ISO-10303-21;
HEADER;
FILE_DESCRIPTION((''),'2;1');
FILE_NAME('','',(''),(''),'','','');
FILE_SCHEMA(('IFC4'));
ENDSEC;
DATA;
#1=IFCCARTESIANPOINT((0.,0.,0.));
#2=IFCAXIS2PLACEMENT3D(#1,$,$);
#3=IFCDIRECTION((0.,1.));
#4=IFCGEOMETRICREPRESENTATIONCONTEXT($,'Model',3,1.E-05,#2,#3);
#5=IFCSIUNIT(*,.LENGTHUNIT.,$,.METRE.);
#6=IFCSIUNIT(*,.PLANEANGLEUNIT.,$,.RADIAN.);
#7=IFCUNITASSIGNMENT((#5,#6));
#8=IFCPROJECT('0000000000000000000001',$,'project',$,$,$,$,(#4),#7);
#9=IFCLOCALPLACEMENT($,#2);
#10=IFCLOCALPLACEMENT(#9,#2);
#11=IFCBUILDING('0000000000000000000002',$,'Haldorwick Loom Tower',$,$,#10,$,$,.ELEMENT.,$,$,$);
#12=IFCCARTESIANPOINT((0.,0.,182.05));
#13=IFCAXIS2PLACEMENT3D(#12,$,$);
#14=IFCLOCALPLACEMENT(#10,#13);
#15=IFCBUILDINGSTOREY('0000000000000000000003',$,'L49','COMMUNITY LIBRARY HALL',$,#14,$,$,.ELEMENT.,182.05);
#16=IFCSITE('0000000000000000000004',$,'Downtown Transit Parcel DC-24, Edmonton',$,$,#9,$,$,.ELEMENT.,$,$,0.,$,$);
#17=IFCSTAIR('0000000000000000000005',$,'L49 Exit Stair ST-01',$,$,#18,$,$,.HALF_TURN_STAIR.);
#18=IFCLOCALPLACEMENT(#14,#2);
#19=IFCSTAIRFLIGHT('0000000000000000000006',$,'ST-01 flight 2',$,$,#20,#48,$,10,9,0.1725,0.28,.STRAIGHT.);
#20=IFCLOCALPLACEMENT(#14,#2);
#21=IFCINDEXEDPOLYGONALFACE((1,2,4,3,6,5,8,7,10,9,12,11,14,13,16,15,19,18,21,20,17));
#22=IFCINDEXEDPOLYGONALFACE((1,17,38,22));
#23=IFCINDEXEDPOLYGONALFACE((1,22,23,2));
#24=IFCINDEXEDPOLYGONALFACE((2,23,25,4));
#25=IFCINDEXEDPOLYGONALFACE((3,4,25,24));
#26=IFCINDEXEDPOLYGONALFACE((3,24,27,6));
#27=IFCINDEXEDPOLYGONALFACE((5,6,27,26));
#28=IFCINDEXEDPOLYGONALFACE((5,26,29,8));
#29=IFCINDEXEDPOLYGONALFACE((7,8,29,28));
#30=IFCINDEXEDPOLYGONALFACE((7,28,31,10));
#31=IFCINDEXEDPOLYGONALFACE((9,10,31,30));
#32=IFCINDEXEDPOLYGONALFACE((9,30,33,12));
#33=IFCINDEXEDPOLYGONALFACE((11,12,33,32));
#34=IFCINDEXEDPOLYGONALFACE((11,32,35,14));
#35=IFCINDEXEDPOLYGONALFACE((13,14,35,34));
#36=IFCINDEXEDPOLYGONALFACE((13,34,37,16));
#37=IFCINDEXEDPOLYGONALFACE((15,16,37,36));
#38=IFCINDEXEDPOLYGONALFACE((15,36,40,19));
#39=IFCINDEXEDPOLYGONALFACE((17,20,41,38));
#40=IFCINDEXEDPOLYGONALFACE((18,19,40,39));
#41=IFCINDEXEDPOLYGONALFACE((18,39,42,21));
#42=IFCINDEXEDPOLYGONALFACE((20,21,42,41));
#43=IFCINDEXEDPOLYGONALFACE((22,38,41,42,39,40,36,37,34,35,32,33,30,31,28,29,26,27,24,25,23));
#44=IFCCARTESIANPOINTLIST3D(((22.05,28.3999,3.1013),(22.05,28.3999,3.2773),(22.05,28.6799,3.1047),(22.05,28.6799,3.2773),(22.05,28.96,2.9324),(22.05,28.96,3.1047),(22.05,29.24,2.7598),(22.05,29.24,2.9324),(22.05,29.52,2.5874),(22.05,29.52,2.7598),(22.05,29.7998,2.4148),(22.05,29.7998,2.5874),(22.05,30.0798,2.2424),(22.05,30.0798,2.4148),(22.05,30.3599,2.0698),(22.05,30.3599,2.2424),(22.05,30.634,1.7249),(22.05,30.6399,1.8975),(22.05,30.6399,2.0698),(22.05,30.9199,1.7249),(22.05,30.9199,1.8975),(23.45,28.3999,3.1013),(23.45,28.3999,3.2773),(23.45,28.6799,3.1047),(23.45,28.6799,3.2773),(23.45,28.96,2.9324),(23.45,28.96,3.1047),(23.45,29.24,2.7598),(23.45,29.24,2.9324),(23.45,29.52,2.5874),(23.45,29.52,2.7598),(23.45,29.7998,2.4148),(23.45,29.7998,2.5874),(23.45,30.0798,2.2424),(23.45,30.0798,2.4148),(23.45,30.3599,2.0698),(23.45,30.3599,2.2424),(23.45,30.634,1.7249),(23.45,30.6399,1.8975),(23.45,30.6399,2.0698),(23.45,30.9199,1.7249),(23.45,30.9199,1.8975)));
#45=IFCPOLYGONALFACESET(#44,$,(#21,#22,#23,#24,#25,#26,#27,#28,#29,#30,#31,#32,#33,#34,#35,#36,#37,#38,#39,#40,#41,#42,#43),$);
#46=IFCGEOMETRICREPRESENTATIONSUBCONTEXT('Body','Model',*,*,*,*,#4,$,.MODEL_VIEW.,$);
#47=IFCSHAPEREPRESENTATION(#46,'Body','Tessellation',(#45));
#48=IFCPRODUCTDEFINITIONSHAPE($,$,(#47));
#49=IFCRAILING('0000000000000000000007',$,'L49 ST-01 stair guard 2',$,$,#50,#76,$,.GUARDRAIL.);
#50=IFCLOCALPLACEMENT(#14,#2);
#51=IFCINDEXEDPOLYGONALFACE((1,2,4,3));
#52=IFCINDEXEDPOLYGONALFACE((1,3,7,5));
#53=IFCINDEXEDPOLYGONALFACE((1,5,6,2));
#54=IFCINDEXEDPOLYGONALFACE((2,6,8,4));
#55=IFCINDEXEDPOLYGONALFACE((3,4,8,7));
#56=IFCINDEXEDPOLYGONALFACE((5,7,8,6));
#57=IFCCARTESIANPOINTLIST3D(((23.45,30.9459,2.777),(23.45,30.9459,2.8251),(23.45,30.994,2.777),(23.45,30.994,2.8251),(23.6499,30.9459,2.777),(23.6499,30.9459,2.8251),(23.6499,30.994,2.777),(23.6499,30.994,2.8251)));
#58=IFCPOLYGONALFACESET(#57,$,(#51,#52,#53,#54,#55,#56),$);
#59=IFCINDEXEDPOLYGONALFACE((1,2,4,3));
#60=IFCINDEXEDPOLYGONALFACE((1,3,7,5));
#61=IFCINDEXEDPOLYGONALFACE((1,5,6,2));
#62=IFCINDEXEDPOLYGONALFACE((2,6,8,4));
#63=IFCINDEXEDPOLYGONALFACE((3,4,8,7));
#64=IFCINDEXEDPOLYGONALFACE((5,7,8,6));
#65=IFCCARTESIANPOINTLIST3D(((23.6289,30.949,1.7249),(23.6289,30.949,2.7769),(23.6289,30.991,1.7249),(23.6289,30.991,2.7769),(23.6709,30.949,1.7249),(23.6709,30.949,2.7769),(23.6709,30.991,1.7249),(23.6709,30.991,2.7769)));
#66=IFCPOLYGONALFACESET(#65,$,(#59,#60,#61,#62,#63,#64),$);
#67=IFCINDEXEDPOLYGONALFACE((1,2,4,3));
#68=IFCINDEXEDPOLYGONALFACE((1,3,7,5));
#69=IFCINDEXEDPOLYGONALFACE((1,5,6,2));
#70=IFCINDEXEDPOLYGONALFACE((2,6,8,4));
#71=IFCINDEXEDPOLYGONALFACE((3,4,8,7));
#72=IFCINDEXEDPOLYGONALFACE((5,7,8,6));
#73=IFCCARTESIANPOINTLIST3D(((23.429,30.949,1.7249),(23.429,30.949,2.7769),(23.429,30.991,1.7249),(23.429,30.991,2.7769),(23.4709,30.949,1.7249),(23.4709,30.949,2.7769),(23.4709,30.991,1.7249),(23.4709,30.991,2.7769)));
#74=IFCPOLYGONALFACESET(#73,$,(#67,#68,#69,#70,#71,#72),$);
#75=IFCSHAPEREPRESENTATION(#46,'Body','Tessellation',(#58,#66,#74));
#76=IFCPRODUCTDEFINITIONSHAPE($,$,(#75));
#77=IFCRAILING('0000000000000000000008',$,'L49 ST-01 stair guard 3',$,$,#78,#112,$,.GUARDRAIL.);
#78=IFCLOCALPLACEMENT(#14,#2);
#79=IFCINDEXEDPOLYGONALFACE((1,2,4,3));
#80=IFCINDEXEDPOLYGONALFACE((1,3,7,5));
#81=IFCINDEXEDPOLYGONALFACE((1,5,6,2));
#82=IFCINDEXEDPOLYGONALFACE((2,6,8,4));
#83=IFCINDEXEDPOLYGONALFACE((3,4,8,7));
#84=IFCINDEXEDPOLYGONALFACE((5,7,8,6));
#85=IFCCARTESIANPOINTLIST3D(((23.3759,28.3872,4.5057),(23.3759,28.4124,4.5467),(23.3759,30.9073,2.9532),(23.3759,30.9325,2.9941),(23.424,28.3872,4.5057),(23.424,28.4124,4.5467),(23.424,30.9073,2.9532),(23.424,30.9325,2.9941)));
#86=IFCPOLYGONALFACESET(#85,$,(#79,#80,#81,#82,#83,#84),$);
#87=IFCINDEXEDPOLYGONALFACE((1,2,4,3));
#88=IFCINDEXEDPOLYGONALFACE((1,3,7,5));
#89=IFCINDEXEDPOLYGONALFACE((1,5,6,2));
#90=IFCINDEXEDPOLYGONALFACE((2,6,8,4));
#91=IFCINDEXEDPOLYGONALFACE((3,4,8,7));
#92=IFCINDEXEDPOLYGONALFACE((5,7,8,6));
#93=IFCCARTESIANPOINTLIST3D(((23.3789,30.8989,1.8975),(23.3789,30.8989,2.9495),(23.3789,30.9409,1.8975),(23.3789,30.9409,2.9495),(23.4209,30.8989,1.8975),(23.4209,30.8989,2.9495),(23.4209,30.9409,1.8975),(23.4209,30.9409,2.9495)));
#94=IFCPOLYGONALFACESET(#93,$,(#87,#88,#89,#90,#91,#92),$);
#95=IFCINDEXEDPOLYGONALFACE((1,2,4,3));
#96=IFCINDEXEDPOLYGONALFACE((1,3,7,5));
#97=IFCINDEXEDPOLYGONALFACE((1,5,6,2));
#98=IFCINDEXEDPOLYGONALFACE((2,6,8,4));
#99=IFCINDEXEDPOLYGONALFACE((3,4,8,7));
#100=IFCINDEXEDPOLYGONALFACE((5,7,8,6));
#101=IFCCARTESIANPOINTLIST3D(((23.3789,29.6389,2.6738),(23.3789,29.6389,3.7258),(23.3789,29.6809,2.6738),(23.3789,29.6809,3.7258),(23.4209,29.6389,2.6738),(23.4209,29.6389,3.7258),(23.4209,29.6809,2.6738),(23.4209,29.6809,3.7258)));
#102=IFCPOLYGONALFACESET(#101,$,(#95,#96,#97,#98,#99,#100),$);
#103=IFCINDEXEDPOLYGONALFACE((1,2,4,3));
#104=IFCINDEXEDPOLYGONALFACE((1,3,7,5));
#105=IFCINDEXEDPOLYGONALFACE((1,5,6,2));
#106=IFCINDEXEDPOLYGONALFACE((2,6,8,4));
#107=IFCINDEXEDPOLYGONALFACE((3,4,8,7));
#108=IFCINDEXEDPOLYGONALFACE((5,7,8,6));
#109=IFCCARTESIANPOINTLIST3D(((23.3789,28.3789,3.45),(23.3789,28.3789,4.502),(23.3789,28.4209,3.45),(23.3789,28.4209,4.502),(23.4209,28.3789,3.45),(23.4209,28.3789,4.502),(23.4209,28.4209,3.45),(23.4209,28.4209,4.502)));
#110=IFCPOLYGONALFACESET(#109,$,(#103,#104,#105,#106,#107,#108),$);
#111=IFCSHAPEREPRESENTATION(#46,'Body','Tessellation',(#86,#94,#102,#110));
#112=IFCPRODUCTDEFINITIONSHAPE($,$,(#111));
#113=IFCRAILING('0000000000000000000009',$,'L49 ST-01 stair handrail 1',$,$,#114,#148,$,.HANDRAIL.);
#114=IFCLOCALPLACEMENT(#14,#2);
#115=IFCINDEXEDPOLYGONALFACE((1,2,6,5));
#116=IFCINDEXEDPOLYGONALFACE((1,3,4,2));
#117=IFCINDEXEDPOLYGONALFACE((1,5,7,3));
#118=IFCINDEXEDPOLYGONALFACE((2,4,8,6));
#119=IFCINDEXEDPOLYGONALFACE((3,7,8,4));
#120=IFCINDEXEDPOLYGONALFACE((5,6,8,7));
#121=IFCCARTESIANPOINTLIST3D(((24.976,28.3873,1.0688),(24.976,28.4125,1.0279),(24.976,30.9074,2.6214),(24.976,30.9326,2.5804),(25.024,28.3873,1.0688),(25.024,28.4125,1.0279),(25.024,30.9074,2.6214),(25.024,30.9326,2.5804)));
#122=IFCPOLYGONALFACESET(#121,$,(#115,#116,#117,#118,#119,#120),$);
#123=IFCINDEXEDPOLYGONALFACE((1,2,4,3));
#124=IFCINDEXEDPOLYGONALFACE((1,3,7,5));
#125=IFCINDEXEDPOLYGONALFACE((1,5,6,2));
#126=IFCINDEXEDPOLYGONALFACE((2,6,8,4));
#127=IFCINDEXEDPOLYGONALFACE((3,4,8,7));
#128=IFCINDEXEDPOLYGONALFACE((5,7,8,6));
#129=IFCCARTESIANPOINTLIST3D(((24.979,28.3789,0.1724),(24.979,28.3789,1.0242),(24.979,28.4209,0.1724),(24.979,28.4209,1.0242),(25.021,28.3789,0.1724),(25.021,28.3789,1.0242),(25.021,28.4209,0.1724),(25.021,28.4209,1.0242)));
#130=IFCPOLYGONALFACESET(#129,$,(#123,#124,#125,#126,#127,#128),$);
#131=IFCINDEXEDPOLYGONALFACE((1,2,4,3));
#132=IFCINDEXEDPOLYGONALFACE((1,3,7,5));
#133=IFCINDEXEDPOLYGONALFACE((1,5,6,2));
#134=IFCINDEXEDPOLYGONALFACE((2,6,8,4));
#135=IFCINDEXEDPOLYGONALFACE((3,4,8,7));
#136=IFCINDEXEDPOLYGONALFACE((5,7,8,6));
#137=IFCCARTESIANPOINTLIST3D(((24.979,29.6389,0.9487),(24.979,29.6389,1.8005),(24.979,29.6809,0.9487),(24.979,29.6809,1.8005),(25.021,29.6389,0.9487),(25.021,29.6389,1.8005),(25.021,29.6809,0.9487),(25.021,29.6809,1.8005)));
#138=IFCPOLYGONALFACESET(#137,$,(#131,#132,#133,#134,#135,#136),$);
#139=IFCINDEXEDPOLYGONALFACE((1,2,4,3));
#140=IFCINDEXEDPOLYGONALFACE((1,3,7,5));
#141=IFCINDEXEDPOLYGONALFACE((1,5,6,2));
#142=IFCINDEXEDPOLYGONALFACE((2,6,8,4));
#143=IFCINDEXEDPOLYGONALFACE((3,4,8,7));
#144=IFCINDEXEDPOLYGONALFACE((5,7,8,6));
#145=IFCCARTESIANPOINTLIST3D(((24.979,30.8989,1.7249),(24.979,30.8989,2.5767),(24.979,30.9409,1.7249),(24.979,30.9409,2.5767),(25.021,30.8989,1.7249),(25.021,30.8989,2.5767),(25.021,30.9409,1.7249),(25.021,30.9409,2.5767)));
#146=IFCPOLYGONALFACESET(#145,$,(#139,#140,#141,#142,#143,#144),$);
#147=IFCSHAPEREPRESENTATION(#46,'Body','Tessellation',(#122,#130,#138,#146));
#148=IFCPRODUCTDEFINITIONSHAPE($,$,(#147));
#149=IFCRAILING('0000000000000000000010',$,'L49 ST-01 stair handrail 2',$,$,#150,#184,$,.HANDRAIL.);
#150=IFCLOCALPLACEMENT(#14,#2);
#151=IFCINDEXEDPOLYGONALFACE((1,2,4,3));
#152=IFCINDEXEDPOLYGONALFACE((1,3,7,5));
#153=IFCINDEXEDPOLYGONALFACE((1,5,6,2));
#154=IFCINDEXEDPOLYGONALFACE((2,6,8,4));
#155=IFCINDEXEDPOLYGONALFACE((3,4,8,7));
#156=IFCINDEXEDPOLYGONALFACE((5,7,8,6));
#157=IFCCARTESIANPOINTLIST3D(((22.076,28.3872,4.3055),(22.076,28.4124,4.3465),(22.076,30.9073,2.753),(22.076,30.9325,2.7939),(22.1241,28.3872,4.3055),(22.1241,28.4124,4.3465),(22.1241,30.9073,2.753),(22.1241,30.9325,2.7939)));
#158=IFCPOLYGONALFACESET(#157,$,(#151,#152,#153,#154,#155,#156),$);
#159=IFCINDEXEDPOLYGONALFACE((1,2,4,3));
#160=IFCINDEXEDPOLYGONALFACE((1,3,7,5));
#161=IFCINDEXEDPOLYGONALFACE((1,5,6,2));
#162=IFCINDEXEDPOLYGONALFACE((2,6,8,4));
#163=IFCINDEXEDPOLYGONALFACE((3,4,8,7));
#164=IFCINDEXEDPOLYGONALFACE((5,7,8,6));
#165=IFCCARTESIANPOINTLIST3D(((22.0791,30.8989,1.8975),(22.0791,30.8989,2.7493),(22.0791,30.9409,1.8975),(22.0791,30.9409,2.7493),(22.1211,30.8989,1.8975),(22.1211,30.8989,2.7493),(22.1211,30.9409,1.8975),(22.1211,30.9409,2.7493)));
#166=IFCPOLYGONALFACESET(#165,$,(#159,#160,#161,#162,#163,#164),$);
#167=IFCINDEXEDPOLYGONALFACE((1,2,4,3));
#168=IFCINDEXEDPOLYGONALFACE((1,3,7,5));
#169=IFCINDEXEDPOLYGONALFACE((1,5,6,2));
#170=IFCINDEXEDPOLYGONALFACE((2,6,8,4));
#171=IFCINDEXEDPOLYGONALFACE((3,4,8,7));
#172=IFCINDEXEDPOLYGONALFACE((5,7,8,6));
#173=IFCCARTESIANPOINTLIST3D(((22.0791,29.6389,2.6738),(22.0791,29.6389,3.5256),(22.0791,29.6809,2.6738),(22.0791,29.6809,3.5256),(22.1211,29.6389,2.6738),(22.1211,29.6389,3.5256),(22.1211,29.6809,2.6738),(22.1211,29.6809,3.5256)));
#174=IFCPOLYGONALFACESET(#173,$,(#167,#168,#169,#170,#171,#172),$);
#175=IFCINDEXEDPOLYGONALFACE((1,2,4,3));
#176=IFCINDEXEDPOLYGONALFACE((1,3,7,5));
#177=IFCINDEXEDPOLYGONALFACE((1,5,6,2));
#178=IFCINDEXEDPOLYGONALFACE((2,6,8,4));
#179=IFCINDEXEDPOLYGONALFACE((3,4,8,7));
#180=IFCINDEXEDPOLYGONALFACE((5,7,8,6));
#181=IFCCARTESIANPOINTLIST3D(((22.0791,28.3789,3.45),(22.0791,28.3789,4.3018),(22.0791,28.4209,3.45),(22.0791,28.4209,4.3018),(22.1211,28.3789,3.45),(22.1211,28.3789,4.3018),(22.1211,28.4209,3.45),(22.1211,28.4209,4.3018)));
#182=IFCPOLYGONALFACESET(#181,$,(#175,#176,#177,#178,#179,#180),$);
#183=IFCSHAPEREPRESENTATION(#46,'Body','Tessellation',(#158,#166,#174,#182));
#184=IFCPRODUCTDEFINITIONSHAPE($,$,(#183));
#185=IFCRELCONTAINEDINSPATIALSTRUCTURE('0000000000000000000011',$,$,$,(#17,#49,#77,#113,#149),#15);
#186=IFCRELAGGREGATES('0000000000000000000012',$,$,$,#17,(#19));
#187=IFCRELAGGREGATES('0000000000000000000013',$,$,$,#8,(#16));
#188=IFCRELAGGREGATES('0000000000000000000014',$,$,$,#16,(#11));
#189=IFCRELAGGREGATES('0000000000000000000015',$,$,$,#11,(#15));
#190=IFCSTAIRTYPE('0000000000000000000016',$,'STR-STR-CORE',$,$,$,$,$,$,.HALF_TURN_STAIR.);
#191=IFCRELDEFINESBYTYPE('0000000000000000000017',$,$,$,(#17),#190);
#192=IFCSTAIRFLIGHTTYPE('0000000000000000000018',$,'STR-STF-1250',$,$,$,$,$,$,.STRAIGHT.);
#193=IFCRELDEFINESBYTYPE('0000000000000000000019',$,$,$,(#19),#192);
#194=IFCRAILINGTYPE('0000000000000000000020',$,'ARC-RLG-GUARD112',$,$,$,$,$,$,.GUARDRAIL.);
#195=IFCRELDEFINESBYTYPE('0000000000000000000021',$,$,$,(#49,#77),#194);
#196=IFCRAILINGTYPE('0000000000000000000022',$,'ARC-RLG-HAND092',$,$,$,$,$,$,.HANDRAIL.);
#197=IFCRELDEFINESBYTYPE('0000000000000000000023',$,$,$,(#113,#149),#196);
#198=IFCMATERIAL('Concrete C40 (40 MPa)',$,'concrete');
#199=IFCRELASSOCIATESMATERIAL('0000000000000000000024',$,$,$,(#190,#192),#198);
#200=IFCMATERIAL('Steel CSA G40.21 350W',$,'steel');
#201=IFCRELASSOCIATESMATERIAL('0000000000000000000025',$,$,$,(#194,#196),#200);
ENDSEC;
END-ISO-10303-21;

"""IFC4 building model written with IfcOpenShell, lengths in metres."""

from ifc_helpers import new_model, si_unit, direction, frame, origin, origin_2d, place, context, subcontext, project, spatial, polyline, rectangle, outline, extrude, material, type_object, element, aggregate, save


model = new_model("IFC4")

# Units and contexts
model_context = context("Model", 3, precision=1e-05, world=origin(), true_north=direction((0.0, 1.0)))
body_context = subcontext(model_context, "Body", "Model", "MODEL_VIEW")
ifc_project = project(units=[si_unit("LENGTHUNIT", "METRE"), si_unit("PLANEANGLEUNIT", "RADIAN")], contexts=[model_context])

# Site, building, storey
site_placement = place(None, origin())
site = spatial("IfcSite", under=ifc_project, at=site_placement, Name="Downtown Transit Parcel DC-24, Edmonton", CompositionType="ELEMENT", RefElevation=0.0)
building_placement = place(site_placement, origin())
building = spatial("IfcBuilding", under=site, at=building_placement, Name="Haldorwick Loom Tower", CompositionType="ELEMENT")
storey_placement = place(building_placement, frame((0.0, 0.0, 182.05)))
storey = spatial("IfcBuildingStorey", under=building, at=storey_placement, Name="L49", Description="COMMUNITY LIBRARY HALL", CompositionType="ELEMENT", Elevation=182.05)

# Shared definitions
ifc_material_1 = material(Name="Steel CSA G40.21 350W", Category="steel")

# Stair, stair flight
ifc_material_2 = material(Name="Concrete C40 (40 MPa)", Category="concrete")
stair_type = type_object("IfcStairType", Name="STR-STR-CORE", PredefinedType="HALF_TURN_STAIR", material=ifc_material_2)
stair_placement = place(storey_placement, origin())
stair = element("IfcStair", 1, at=stair_placement, inside=storey, type_object=stair_type, Name="L49 Exit Stair ST-01", PredefinedType="HALF_TURN_STAIR")
stair_flight_type = type_object("IfcStairFlightType", Name="STR-STF-1250", PredefinedType="STRAIGHT", material=ifc_material_2)
stair_flight_1_placement = place(storey_placement, frame((22.75, 30.9199, 1.7249), z_axis=(0.0, 0.0, 1.0), x_axis=(0.0, -1.0, 0.0)))
stair_flight_1 = element("IfcStairFlight", 2, at=stair_flight_1_placement, type_object=stair_flight_type, Name="ST-01 flight 2", NumberOfRisers=10, NumberOfTreads=9, PredefinedType="STRAIGHT", RiserHeight=0.1725, TreadLength=0.28, context=body_context, shape_type="SweptSolid", body=[
    extrude(outline(polyline([(0.0, 0.0), (0.0, 0.1726), (0.28, 0.1726), (0.28, 0.345), (0.5601, 0.345), (0.5601, 0.5176), (0.8401, 0.5176), (0.8401, 0.6899), (1.1201, 0.6899), (1.1201, 0.8625), (1.3999, 0.8625), (1.3999, 1.0349), (1.6799, 1.0349), (1.6799, 1.2075), (1.96, 1.2075), (1.96, 1.3799), (2.24, 1.3799), (2.24, 1.5525), (2.52, 1.5525), (2.52, 1.7251), (2.52, 1.3765), (0.2859, 0.0), (0.0, 0.0)])), frame((0.0, 0.7, 0.0), z_axis=(0.0, -1.0, 0.0), x_axis=(1.0, 0.0, 0.0)), (0.0, 0.0, 1.0), 1.3999),
])
aggregate(stair, [stair_flight_1])

# Railings
railing_type_1 = type_object("IfcRailingType", Name="ARC-RLG-GUARD112", PredefinedType="GUARDRAIL", material=ifc_material_1)
railing_1_placement = place(storey_placement, frame((23.6499, 30.97, 1.7249)))
element("IfcRailing", 3, at=railing_1_placement, inside=storey, type_object=railing_type_1, Name="L49 ST-01 stair guard 2", PredefinedType="GUARDRAIL", context=body_context, shape_type="SweptSolid", body=[
    extrude(rectangle(XDim=0.0481, YDim=0.0481, at=origin_2d()), frame((0.0, 0.0, 1.0762), z_axis=(-1.0, 0.0, 0.0), x_axis=(0.0, -1.0, 0.0)), (0.0, 0.0, 1.0), 0.2),
    extrude(rectangle(XDim=0.042, YDim=0.042, at=origin_2d()), origin(), (0.0, 0.0, 1.0), 1.052),
    extrude(rectangle(XDim=0.042, YDim=0.042, at=origin_2d()), frame((-0.2, 0.0, 0.0)), (0.0, 0.0, 1.0), 1.052),
])
railing_2_placement = place(storey_placement, frame((23.3999, 30.9199, 1.8975)))
element("IfcRailing", 4, at=railing_2_placement, inside=storey, type_object=railing_type_1, Name="L49 ST-01 stair guard 3", PredefinedType="GUARDRAIL", context=body_context, shape_type="SweptSolid", body=[
    extrude(rectangle(XDim=0.0481, YDim=0.0481, at=origin_2d()), frame((0.0, 0.0, 1.0762), z_axis=(0.0, -0.8514, 0.524516), x_axis=(1.0, 0.0, 0.0)), (0.0, 0.0, 1.0), 2.96),
    extrude(rectangle(XDim=0.042, YDim=0.042, at=origin_2d()), origin(), (0.0, 0.0, 1.0), 1.052),
    extrude(rectangle(XDim=0.042, YDim=0.042, at=origin_2d()), frame((0.0, -1.26, 0.7764)), (0.0, 0.0, 1.0), 1.052),
    extrude(rectangle(XDim=0.042, YDim=0.042, at=origin_2d()), frame((0.0, -2.52, 1.5525)), (0.0, 0.0, 1.0), 1.052),
])
railing_type_2 = type_object("IfcRailingType", Name="ARC-RLG-HAND092", PredefinedType="HANDRAIL", material=ifc_material_1)
railing_3_placement = place(storey_placement, frame((25.0, 28.3999, 0.1724)))
element("IfcRailing", 5, at=railing_3_placement, inside=storey, type_object=railing_type_2, Name="L49 ST-01 stair handrail 1", PredefinedType="HANDRAIL", context=body_context, shape_type="SweptSolid", body=[
    extrude(rectangle(XDim=0.0481, YDim=0.0481, at=origin_2d()), frame((0.0, 0.0, 0.876), z_axis=(0.0, 0.8514, 0.524516), x_axis=(-1.0, 0.0, 0.0)), (0.0, 0.0, 1.0), 2.96),
    extrude(rectangle(XDim=0.042, YDim=0.042, at=origin_2d()), origin(), (0.0, 0.0, 1.0), 0.8518),
    extrude(rectangle(XDim=0.042, YDim=0.042, at=origin_2d()), frame((0.0, 1.26, 0.7764)), (0.0, 0.0, 1.0), 0.8518),
    extrude(rectangle(XDim=0.042, YDim=0.042, at=origin_2d()), frame((0.0, 2.52, 1.5525)), (0.0, 0.0, 1.0), 0.8518),
])
railing_4_placement = place(storey_placement, frame((22.1001, 30.9199, 1.8975)))
element("IfcRailing", 6, at=railing_4_placement, inside=storey, type_object=railing_type_2, Name="L49 ST-01 stair handrail 2", PredefinedType="HANDRAIL", context=body_context, shape_type="SweptSolid", body=[
    extrude(rectangle(XDim=0.0481, YDim=0.0481, at=origin_2d()), frame((0.0, 0.0, 0.876), z_axis=(0.0, -0.8514, 0.524516), x_axis=(1.0, 0.0, 0.0)), (0.0, 0.0, 1.0), 2.96),
    extrude(rectangle(XDim=0.042, YDim=0.042, at=origin_2d()), origin(), (0.0, 0.0, 1.0), 0.8518),
    extrude(rectangle(XDim=0.042, YDim=0.042, at=origin_2d()), frame((0.0, -1.26, 0.7764)), (0.0, 0.0, 1.0), 0.8518),
    extrude(rectangle(XDim=0.042, YDim=0.042, at=origin_2d()), frame((0.0, -2.52, 1.5525)), (0.0, 0.0, 1.0), 0.8518),
])

save(model, "model.ifc")
